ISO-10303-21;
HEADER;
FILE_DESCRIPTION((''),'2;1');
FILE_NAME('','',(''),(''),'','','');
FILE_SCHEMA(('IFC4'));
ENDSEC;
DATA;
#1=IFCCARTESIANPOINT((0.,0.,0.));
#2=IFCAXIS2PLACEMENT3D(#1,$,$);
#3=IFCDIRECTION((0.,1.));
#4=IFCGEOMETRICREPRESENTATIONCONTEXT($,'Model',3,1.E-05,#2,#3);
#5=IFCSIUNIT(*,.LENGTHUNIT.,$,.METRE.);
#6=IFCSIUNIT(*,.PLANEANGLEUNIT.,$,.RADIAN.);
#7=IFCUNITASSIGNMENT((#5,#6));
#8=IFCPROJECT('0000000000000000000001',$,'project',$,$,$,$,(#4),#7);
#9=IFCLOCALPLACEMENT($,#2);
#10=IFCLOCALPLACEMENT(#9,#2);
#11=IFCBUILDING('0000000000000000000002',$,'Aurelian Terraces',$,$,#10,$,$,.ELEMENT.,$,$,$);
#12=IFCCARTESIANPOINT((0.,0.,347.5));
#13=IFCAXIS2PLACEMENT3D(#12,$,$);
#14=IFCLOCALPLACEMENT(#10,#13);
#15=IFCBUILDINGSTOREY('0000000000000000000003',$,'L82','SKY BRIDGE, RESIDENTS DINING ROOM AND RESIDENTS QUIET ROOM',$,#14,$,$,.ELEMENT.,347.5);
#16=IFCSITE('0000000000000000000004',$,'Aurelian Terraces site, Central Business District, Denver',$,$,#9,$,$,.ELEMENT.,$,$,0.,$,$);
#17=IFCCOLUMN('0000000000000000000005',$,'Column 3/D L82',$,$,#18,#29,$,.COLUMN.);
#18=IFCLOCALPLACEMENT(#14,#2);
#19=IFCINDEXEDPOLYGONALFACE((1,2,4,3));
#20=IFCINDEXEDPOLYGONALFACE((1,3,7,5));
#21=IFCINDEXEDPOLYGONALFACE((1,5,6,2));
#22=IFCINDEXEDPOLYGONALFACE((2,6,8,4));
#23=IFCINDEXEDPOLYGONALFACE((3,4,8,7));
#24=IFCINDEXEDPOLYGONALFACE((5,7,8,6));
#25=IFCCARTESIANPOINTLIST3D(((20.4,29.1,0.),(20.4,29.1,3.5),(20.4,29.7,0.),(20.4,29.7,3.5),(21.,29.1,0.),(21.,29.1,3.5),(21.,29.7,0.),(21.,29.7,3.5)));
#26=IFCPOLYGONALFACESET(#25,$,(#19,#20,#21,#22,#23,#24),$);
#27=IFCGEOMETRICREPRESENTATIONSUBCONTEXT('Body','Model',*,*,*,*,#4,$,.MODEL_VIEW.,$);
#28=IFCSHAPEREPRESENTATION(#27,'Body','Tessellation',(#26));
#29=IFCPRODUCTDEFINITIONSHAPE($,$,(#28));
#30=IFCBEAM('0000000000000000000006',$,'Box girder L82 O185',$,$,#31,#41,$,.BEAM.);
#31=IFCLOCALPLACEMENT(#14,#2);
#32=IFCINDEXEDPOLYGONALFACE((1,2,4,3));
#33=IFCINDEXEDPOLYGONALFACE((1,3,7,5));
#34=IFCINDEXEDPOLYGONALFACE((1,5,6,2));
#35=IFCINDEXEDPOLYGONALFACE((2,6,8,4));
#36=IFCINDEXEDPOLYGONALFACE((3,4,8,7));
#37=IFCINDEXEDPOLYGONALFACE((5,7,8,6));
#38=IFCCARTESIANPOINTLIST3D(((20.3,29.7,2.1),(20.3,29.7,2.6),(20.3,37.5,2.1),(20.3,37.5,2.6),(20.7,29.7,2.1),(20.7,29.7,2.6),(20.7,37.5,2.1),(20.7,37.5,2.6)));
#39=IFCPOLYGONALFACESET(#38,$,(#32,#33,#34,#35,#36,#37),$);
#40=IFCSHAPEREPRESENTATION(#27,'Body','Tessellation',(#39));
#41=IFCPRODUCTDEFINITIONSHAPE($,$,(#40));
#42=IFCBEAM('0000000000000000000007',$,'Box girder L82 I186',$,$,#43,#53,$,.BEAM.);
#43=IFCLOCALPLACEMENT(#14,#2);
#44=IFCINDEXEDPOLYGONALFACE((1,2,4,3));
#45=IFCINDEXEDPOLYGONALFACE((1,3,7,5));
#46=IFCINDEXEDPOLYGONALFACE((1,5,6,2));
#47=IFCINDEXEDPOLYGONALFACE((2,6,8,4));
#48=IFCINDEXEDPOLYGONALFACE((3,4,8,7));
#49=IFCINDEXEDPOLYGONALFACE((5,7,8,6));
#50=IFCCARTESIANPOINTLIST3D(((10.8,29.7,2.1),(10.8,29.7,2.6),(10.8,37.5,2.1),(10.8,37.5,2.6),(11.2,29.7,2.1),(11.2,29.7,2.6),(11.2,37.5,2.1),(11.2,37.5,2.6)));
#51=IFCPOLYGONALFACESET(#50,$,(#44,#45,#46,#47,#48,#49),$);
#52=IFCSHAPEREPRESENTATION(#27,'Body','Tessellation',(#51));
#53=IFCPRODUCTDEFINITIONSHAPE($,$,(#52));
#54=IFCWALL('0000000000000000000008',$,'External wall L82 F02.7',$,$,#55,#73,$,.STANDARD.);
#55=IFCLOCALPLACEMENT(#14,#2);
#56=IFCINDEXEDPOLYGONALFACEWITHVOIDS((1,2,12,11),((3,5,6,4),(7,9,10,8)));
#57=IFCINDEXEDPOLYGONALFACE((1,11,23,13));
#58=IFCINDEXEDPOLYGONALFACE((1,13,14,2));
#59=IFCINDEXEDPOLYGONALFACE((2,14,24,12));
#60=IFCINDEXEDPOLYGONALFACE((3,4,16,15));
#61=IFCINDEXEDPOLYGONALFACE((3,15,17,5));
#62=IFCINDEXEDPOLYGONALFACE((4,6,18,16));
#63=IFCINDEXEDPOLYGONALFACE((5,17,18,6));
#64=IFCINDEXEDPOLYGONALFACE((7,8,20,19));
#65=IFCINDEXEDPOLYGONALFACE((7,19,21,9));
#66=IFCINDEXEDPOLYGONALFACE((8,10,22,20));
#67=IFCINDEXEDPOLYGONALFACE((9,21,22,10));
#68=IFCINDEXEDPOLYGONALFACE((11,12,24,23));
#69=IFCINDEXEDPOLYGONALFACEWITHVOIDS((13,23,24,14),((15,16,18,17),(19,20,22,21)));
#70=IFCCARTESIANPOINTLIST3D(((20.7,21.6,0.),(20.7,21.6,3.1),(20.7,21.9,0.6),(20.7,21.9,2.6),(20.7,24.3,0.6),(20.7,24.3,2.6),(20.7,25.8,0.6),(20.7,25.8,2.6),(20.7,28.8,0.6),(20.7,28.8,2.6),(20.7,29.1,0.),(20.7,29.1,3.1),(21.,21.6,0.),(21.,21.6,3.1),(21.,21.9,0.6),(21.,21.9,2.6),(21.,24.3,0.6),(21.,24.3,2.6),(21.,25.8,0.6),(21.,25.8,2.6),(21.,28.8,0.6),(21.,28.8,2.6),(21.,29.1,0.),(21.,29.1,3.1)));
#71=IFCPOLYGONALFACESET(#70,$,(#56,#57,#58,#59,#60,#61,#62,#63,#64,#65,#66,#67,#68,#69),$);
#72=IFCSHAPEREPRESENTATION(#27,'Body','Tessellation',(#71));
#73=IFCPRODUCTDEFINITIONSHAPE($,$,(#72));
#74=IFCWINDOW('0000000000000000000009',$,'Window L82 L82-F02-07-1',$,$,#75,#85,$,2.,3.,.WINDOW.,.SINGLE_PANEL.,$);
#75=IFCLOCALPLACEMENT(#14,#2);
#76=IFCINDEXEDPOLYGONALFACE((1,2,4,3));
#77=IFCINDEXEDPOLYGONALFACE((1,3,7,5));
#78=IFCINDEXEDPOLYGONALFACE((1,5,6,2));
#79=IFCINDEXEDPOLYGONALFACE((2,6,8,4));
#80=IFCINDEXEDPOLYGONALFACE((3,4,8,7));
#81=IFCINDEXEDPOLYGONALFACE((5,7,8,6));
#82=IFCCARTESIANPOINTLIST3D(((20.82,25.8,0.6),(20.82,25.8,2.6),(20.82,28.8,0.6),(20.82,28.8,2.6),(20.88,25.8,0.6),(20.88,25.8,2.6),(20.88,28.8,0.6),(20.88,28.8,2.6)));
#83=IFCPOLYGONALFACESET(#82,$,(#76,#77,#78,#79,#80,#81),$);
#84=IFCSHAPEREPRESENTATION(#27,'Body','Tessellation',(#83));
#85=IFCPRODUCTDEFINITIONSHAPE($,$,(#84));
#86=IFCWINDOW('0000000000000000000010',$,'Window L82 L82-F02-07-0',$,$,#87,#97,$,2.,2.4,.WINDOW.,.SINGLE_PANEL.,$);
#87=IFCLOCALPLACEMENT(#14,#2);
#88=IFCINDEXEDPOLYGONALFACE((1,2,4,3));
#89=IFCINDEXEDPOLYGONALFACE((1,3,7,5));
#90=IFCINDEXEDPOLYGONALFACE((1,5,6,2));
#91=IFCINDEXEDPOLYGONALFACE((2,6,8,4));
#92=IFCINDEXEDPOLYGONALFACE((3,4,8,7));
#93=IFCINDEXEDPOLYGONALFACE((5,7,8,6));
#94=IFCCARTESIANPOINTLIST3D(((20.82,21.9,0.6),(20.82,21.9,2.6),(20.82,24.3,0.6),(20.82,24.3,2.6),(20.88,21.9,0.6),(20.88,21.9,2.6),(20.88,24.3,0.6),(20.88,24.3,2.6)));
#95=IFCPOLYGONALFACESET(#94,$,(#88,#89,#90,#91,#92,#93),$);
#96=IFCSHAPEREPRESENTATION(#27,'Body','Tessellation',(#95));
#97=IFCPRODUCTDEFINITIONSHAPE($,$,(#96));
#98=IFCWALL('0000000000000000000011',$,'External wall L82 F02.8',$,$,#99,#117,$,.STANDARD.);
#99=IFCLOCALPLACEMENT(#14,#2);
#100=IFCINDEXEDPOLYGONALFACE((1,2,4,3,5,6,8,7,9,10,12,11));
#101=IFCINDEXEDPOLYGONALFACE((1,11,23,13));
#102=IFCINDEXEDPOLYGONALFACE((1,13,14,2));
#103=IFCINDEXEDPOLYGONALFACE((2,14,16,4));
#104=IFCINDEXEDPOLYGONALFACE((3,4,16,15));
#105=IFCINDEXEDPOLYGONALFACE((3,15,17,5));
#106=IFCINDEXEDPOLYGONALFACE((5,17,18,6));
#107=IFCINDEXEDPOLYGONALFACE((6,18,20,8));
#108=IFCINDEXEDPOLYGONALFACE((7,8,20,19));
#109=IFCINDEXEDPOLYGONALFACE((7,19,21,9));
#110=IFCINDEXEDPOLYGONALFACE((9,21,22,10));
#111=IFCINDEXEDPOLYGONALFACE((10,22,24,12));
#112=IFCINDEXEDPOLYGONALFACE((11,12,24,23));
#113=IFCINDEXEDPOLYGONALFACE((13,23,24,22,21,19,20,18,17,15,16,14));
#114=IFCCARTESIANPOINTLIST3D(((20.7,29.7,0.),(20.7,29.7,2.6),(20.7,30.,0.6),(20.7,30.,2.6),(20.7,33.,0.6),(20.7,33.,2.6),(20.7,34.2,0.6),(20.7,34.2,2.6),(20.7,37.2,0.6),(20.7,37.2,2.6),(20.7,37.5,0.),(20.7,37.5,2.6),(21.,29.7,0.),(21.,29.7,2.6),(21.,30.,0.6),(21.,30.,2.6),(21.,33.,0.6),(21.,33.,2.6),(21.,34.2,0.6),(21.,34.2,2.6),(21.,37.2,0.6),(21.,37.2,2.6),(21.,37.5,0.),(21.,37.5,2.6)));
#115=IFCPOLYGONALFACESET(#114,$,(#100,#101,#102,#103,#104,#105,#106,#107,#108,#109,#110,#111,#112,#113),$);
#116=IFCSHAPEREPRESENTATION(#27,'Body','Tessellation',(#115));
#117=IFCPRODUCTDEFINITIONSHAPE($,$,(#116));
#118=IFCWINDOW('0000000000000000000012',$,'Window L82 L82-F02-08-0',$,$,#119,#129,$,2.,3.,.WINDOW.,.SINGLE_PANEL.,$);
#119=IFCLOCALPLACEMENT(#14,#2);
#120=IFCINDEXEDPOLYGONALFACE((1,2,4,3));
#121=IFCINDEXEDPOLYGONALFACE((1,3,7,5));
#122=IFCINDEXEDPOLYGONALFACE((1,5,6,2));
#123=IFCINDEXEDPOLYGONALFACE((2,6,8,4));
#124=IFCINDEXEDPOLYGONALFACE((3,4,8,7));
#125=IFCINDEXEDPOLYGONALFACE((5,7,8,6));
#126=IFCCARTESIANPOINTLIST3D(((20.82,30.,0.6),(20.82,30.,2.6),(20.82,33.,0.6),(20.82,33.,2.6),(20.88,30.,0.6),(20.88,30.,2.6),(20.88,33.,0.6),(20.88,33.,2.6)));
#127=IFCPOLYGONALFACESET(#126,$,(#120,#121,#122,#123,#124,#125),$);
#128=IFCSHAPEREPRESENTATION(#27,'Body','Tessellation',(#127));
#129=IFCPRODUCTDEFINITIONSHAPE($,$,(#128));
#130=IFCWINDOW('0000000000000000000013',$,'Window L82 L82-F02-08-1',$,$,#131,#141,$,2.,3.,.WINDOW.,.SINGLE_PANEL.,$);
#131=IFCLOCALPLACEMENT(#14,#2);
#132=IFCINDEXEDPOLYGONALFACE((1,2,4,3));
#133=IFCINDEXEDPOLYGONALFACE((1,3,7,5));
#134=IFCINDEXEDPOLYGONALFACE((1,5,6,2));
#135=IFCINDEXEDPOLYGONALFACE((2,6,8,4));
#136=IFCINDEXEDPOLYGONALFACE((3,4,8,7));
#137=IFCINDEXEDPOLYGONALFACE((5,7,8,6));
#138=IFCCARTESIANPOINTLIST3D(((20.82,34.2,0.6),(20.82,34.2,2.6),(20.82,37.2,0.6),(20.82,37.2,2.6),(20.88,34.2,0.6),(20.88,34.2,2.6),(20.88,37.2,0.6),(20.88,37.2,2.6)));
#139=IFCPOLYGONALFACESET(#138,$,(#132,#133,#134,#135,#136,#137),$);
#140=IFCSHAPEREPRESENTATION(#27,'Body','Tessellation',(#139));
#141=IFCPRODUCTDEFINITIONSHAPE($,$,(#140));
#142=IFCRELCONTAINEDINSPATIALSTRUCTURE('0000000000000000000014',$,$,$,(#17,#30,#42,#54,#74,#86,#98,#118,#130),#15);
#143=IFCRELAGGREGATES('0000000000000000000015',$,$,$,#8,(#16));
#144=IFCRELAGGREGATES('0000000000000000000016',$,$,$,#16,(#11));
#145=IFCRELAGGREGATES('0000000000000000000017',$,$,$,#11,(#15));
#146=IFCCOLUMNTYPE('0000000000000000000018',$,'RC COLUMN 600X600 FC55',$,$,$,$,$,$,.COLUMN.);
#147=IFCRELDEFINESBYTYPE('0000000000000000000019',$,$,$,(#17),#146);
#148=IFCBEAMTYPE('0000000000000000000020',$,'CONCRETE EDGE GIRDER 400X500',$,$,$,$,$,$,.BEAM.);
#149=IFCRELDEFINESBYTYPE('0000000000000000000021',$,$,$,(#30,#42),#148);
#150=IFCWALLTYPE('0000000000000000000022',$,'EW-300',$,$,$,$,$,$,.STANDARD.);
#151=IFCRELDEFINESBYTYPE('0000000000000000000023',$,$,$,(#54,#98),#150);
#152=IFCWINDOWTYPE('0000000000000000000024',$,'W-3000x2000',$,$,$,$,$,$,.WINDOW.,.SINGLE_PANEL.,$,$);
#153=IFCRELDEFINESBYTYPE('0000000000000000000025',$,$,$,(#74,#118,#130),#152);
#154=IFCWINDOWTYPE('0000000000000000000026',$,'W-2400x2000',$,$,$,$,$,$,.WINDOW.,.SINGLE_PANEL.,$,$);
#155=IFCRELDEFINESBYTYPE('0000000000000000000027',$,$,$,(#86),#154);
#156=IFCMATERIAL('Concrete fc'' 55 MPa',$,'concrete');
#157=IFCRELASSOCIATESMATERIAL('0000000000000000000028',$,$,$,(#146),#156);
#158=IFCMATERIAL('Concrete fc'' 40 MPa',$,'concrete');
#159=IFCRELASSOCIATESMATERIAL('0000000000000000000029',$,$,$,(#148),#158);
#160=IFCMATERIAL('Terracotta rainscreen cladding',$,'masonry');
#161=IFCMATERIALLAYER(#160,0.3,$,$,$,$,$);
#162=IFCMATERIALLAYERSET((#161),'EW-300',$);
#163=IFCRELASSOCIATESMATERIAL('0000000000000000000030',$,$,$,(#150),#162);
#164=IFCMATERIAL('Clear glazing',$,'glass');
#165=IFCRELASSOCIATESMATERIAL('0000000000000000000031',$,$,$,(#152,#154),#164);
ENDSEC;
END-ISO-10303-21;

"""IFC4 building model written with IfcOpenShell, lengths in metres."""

from ifc_helpers import new_model, si_unit, direction, frame, frame_2d, origin, origin_2d, place, context, subcontext, project, spatial, rectangle, extrude, source, transform, mapped, material, layer, layer_set, material_profile, profile_set, type_object, element, fill, save


model = new_model("IFC4")

# Units and contexts
model_context = context("Model", 3, precision=1e-05, world=origin(), true_north=direction((0.0, 1.0)))
body_context = subcontext(model_context, "Body", "Model", "MODEL_VIEW")
ifc_project = project(units=[si_unit("LENGTHUNIT", "METRE"), si_unit("PLANEANGLEUNIT", "RADIAN")], contexts=[model_context])

# Site, building, storey
site_placement = place(None, origin())
site = spatial("IfcSite", under=ifc_project, at=site_placement, Name="Aurelian Terraces site, Central Business District, Denver", CompositionType="ELEMENT", RefElevation=0.0)
building_placement = place(site_placement, origin())
building = spatial("IfcBuilding", under=site, at=building_placement, Name="Aurelian Terraces", CompositionType="ELEMENT")
storey_placement = place(building_placement, frame((0.0, 0.0, 347.5)))
storey = spatial("IfcBuildingStorey", under=building, at=storey_placement, Name="L82", Description="SKY BRIDGE, RESIDENTS DINING ROOM AND RESIDENTS QUIET ROOM", CompositionType="ELEMENT", Elevation=347.5)

# Column
ifc_material_1 = material(Name="Concrete fc' 55 MPa", Category="concrete")
ifc_material_profile_1 = material_profile(ifc_material_1, rectangle(XDim=0.6, YDim=0.6, at=origin_2d()))
ifc_profile_set_1 = profile_set([ifc_material_profile_1], Name="Concrete fc' 55 MPa")
column_type = type_object("IfcColumnType", Name="RC COLUMN 600X600 FC55", PredefinedType="COLUMN", material=ifc_profile_set_1)
shared_shape_1 = source(origin(), body_context, "Body", "SweptSolid", [
    extrude(rectangle(XDim=0.6, YDim=0.6, at=origin_2d()), origin(), (0.0, 0.0, 1.0), 3.5),
])
column_placement = place(storey_placement, frame((20.7, 29.4, 0.0), z_axis=(0.0, 0.0, 1.0), x_axis=(1.0, 0.0, 0.0)))
element("IfcColumn", 1, at=column_placement, inside=storey, type_object=column_type, Name="Column 3/D L82", PredefinedType="COLUMN", context=body_context, shape_type="MappedRepresentation", body=[
    mapped(shared_shape_1, transform((0.0, 0.0, 0.0), scale=1.0)),
])

# Beams
ifc_material_2 = material(Name="Concrete fc' 40 MPa", Category="concrete")
ifc_material_profile_2 = material_profile(ifc_material_2, rectangle(XDim=0.4, YDim=0.5, at=origin_2d()))
ifc_profile_set_2 = profile_set([ifc_material_profile_2], Name="Concrete fc' 40 MPa")
beam_type = type_object("IfcBeamType", Name="CONCRETE EDGE GIRDER 400X500", PredefinedType="BEAM", material=ifc_profile_set_2)
shared_shape_2 = source(origin(), body_context, "Body", "SweptSolid", [
    extrude(rectangle(XDim=0.4, YDim=0.5, at=origin_2d()), origin(), (0.0, 0.0, 1.0), 7.8),
])
for number, where, z_axis, x_axis, name in (
    (2, (20.5, 29.7, 2.35), (0.0, 1.0, 0.0), (-1.0, 0.0, 0.0), "Box girder L82 O185"),
    (3, (11.0, 29.7, 2.35), (0.0, 1.0, 0.0), (-1.0, 0.0, 0.0), "Box girder L82 I186"),
):
    element("IfcBeam", number, at=place(storey_placement, frame(where, z_axis=z_axis, x_axis=x_axis)), inside=storey, type_object=beam_type, Name=name, PredefinedType="BEAM", context=body_context, shape_type="MappedRepresentation", body=[
        mapped(shared_shape_2, transform((0.0, 0.0, 0.0), scale=1.0)),
    ])

# Walls, openings, windows
ifc_material_3 = material(Name="Terracotta rainscreen cladding", Category="masonry")
ifc_layer_1 = layer(ifc_material_3, 0.3)
ifc_layer_set_1 = layer_set([ifc_layer_1], Name="EW-300")
wall_type_1 = type_object("IfcWallType", Name="EW-300", PredefinedType="STANDARD", material=ifc_layer_set_1)
shared_shape_3 = source(origin(), body_context, "Body", "SweptSolid", [
    extrude(rectangle(XDim=7.5, YDim=0.3, at=frame_2d((3.75, 0.0))), origin(), (0.0, 0.0, 1.0), 3.1),
])
wall_1_placement = place(storey_placement, frame((20.85, 21.6, 0.0), z_axis=(0.0, 0.0, 1.0), x_axis=(0.0, 1.0, 0.0)))
wall_1 = element("IfcWall", 4, at=wall_1_placement, inside=storey, type_object=wall_type_1, Name="External wall L82 F02.7", PredefinedType="STANDARD", context=body_context, shape_type="MappedRepresentation", body=[
    mapped(shared_shape_3, transform((0.0, 0.0, 0.0), scale=1.0)),
])
shared_shape_4 = source(origin(), body_context, "Body", "SweptSolid", [
    extrude(rectangle(XDim=2.4, YDim=2.0, at=frame_2d((1.2, 1.0))), frame((0.0, 0.16, 0.0), z_axis=(0.0, -1.0, 0.0), x_axis=(1.0, 0.0, 0.0)), (0.0, 0.0, 1.0), 0.32),
])
opening_1_placement = place(wall_1_placement, frame((0.3, 0.0, 0.6)))
opening_1 = element("IfcOpeningElement", 5, at=opening_1_placement, cuts=wall_1, PredefinedType="OPENING", context=body_context, shape_type="MappedRepresentation", body=[
    mapped(shared_shape_4, transform((0.0, 0.0, 0.0), scale=1.0)),
])
shared_shape_5 = source(origin(), body_context, "Body", "SweptSolid", [
    extrude(rectangle(XDim=3.0, YDim=2.0, at=frame_2d((1.5, 1.0))), frame((0.0, 0.16, 0.0), z_axis=(0.0, -1.0, 0.0), x_axis=(1.0, 0.0, 0.0)), (0.0, 0.0, 1.0), 0.32),
])
opening_2_placement = place(wall_1_placement, frame((4.2, 0.0, 0.6)))
opening_2 = element("IfcOpeningElement", 6, at=opening_2_placement, cuts=wall_1, PredefinedType="OPENING", context=body_context, shape_type="MappedRepresentation", body=[
    mapped(shared_shape_5, transform((0.0, 0.0, 0.0), scale=1.0)),
])
ifc_material_4 = material(Name="Clear glazing", Category="glass")
window_type_1 = type_object("IfcWindowType", Name="W-3000x2000", PartitioningType="SINGLE_PANEL", PredefinedType="WINDOW", material=ifc_material_4)
shared_shape_6 = source(origin(), body_context, "Body", "SweptSolid", [
    extrude(rectangle(XDim=3.0, YDim=2.0, at=frame_2d((1.5, 1.0))), frame((0.0, 0.03, 0.0), z_axis=(0.0, -1.0, 0.0), x_axis=(1.0, 0.0, 0.0)), (0.0, 0.0, 1.0), 0.06),
])
window_1_placement = place(opening_2_placement, origin())
window_1 = element("IfcWindow", 7, at=window_1_placement, inside=storey, type_object=window_type_1, Name="Window L82 L82-F02-07-1", OverallHeight=2.0, OverallWidth=3.0, PartitioningType="SINGLE_PANEL", PredefinedType="WINDOW", context=body_context, shape_type="MappedRepresentation", body=[
    mapped(shared_shape_6, transform((0.0, 0.0, 0.0), scale=1.0)),
])
fill(opening_2, window_1)
window_type_2 = type_object("IfcWindowType", Name="W-2400x2000", PartitioningType="SINGLE_PANEL", PredefinedType="WINDOW", material=ifc_material_4)
shared_shape_7 = source(origin(), body_context, "Body", "SweptSolid", [
    extrude(rectangle(XDim=2.4, YDim=2.0, at=frame_2d((1.2, 1.0))), frame((0.0, 0.03, 0.0), z_axis=(0.0, -1.0, 0.0), x_axis=(1.0, 0.0, 0.0)), (0.0, 0.0, 1.0), 0.06),
])
window_2_placement = place(opening_1_placement, origin())
window_2 = element("IfcWindow", 8, at=window_2_placement, inside=storey, type_object=window_type_2, Name="Window L82 L82-F02-07-0", OverallHeight=2.0, OverallWidth=2.4, PartitioningType="SINGLE_PANEL", PredefinedType="WINDOW", context=body_context, shape_type="MappedRepresentation", body=[
    mapped(shared_shape_7, transform((0.0, 0.0, 0.0), scale=1.0)),
])
fill(opening_1, window_2)
shared_shape_8 = source(origin(), body_context, "Body", "SweptSolid", [
    extrude(rectangle(XDim=7.8, YDim=0.3, at=frame_2d((3.9, 0.0))), origin(), (0.0, 0.0, 1.0), 2.6),
])
wall_2_placement = place(storey_placement, frame((20.85, 29.7, 0.0), z_axis=(0.0, 0.0, 1.0), x_axis=(0.0, 1.0, 0.0)))
wall_2 = element("IfcWall", 9, at=wall_2_placement, inside=storey, type_object=wall_type_1, Name="External wall L82 F02.8", PredefinedType="STANDARD", context=body_context, shape_type="MappedRepresentation", body=[
    mapped(shared_shape_8, transform((0.0, 0.0, 0.0), scale=1.0)),
])
opening_3_placement = place(wall_2_placement, frame((0.3, 0.0, 0.6)))
opening_3 = element("IfcOpeningElement", 10, at=opening_3_placement, cuts=wall_2, PredefinedType="OPENING", context=body_context, shape_type="MappedRepresentation", body=[
    mapped(shared_shape_5, transform((0.0, 0.0, 0.0), scale=1.0)),
])
opening_4_placement = place(wall_2_placement, frame((4.5, 0.0, 0.6)))
opening_4 = element("IfcOpeningElement", 11, at=opening_4_placement, cuts=wall_2, PredefinedType="OPENING", context=body_context, shape_type="MappedRepresentation", body=[
    mapped(shared_shape_5, transform((0.0, 0.0, 0.0), scale=1.0)),
])
window_3_placement = place(opening_3_placement, origin())
window_3 = element("IfcWindow", 12, at=window_3_placement, inside=storey, type_object=window_type_1, Name="Window L82 L82-F02-08-0", OverallHeight=2.0, OverallWidth=3.0, PartitioningType="SINGLE_PANEL", PredefinedType="WINDOW", context=body_context, shape_type="MappedRepresentation", body=[
    mapped(shared_shape_6, transform((0.0, 0.0, 0.0), scale=1.0)),
])
fill(opening_3, window_3)
window_4_placement = place(opening_4_placement, origin())
window_4 = element("IfcWindow", 13, at=window_4_placement, inside=storey, type_object=window_type_1, Name="Window L82 L82-F02-08-1", OverallHeight=2.0, OverallWidth=3.0, PartitioningType="SINGLE_PANEL", PredefinedType="WINDOW", context=body_context, shape_type="MappedRepresentation", body=[
    mapped(shared_shape_6, transform((0.0, 0.0, 0.0), scale=1.0)),
])
fill(opening_4, window_4)

save(model, "model.ifc")
